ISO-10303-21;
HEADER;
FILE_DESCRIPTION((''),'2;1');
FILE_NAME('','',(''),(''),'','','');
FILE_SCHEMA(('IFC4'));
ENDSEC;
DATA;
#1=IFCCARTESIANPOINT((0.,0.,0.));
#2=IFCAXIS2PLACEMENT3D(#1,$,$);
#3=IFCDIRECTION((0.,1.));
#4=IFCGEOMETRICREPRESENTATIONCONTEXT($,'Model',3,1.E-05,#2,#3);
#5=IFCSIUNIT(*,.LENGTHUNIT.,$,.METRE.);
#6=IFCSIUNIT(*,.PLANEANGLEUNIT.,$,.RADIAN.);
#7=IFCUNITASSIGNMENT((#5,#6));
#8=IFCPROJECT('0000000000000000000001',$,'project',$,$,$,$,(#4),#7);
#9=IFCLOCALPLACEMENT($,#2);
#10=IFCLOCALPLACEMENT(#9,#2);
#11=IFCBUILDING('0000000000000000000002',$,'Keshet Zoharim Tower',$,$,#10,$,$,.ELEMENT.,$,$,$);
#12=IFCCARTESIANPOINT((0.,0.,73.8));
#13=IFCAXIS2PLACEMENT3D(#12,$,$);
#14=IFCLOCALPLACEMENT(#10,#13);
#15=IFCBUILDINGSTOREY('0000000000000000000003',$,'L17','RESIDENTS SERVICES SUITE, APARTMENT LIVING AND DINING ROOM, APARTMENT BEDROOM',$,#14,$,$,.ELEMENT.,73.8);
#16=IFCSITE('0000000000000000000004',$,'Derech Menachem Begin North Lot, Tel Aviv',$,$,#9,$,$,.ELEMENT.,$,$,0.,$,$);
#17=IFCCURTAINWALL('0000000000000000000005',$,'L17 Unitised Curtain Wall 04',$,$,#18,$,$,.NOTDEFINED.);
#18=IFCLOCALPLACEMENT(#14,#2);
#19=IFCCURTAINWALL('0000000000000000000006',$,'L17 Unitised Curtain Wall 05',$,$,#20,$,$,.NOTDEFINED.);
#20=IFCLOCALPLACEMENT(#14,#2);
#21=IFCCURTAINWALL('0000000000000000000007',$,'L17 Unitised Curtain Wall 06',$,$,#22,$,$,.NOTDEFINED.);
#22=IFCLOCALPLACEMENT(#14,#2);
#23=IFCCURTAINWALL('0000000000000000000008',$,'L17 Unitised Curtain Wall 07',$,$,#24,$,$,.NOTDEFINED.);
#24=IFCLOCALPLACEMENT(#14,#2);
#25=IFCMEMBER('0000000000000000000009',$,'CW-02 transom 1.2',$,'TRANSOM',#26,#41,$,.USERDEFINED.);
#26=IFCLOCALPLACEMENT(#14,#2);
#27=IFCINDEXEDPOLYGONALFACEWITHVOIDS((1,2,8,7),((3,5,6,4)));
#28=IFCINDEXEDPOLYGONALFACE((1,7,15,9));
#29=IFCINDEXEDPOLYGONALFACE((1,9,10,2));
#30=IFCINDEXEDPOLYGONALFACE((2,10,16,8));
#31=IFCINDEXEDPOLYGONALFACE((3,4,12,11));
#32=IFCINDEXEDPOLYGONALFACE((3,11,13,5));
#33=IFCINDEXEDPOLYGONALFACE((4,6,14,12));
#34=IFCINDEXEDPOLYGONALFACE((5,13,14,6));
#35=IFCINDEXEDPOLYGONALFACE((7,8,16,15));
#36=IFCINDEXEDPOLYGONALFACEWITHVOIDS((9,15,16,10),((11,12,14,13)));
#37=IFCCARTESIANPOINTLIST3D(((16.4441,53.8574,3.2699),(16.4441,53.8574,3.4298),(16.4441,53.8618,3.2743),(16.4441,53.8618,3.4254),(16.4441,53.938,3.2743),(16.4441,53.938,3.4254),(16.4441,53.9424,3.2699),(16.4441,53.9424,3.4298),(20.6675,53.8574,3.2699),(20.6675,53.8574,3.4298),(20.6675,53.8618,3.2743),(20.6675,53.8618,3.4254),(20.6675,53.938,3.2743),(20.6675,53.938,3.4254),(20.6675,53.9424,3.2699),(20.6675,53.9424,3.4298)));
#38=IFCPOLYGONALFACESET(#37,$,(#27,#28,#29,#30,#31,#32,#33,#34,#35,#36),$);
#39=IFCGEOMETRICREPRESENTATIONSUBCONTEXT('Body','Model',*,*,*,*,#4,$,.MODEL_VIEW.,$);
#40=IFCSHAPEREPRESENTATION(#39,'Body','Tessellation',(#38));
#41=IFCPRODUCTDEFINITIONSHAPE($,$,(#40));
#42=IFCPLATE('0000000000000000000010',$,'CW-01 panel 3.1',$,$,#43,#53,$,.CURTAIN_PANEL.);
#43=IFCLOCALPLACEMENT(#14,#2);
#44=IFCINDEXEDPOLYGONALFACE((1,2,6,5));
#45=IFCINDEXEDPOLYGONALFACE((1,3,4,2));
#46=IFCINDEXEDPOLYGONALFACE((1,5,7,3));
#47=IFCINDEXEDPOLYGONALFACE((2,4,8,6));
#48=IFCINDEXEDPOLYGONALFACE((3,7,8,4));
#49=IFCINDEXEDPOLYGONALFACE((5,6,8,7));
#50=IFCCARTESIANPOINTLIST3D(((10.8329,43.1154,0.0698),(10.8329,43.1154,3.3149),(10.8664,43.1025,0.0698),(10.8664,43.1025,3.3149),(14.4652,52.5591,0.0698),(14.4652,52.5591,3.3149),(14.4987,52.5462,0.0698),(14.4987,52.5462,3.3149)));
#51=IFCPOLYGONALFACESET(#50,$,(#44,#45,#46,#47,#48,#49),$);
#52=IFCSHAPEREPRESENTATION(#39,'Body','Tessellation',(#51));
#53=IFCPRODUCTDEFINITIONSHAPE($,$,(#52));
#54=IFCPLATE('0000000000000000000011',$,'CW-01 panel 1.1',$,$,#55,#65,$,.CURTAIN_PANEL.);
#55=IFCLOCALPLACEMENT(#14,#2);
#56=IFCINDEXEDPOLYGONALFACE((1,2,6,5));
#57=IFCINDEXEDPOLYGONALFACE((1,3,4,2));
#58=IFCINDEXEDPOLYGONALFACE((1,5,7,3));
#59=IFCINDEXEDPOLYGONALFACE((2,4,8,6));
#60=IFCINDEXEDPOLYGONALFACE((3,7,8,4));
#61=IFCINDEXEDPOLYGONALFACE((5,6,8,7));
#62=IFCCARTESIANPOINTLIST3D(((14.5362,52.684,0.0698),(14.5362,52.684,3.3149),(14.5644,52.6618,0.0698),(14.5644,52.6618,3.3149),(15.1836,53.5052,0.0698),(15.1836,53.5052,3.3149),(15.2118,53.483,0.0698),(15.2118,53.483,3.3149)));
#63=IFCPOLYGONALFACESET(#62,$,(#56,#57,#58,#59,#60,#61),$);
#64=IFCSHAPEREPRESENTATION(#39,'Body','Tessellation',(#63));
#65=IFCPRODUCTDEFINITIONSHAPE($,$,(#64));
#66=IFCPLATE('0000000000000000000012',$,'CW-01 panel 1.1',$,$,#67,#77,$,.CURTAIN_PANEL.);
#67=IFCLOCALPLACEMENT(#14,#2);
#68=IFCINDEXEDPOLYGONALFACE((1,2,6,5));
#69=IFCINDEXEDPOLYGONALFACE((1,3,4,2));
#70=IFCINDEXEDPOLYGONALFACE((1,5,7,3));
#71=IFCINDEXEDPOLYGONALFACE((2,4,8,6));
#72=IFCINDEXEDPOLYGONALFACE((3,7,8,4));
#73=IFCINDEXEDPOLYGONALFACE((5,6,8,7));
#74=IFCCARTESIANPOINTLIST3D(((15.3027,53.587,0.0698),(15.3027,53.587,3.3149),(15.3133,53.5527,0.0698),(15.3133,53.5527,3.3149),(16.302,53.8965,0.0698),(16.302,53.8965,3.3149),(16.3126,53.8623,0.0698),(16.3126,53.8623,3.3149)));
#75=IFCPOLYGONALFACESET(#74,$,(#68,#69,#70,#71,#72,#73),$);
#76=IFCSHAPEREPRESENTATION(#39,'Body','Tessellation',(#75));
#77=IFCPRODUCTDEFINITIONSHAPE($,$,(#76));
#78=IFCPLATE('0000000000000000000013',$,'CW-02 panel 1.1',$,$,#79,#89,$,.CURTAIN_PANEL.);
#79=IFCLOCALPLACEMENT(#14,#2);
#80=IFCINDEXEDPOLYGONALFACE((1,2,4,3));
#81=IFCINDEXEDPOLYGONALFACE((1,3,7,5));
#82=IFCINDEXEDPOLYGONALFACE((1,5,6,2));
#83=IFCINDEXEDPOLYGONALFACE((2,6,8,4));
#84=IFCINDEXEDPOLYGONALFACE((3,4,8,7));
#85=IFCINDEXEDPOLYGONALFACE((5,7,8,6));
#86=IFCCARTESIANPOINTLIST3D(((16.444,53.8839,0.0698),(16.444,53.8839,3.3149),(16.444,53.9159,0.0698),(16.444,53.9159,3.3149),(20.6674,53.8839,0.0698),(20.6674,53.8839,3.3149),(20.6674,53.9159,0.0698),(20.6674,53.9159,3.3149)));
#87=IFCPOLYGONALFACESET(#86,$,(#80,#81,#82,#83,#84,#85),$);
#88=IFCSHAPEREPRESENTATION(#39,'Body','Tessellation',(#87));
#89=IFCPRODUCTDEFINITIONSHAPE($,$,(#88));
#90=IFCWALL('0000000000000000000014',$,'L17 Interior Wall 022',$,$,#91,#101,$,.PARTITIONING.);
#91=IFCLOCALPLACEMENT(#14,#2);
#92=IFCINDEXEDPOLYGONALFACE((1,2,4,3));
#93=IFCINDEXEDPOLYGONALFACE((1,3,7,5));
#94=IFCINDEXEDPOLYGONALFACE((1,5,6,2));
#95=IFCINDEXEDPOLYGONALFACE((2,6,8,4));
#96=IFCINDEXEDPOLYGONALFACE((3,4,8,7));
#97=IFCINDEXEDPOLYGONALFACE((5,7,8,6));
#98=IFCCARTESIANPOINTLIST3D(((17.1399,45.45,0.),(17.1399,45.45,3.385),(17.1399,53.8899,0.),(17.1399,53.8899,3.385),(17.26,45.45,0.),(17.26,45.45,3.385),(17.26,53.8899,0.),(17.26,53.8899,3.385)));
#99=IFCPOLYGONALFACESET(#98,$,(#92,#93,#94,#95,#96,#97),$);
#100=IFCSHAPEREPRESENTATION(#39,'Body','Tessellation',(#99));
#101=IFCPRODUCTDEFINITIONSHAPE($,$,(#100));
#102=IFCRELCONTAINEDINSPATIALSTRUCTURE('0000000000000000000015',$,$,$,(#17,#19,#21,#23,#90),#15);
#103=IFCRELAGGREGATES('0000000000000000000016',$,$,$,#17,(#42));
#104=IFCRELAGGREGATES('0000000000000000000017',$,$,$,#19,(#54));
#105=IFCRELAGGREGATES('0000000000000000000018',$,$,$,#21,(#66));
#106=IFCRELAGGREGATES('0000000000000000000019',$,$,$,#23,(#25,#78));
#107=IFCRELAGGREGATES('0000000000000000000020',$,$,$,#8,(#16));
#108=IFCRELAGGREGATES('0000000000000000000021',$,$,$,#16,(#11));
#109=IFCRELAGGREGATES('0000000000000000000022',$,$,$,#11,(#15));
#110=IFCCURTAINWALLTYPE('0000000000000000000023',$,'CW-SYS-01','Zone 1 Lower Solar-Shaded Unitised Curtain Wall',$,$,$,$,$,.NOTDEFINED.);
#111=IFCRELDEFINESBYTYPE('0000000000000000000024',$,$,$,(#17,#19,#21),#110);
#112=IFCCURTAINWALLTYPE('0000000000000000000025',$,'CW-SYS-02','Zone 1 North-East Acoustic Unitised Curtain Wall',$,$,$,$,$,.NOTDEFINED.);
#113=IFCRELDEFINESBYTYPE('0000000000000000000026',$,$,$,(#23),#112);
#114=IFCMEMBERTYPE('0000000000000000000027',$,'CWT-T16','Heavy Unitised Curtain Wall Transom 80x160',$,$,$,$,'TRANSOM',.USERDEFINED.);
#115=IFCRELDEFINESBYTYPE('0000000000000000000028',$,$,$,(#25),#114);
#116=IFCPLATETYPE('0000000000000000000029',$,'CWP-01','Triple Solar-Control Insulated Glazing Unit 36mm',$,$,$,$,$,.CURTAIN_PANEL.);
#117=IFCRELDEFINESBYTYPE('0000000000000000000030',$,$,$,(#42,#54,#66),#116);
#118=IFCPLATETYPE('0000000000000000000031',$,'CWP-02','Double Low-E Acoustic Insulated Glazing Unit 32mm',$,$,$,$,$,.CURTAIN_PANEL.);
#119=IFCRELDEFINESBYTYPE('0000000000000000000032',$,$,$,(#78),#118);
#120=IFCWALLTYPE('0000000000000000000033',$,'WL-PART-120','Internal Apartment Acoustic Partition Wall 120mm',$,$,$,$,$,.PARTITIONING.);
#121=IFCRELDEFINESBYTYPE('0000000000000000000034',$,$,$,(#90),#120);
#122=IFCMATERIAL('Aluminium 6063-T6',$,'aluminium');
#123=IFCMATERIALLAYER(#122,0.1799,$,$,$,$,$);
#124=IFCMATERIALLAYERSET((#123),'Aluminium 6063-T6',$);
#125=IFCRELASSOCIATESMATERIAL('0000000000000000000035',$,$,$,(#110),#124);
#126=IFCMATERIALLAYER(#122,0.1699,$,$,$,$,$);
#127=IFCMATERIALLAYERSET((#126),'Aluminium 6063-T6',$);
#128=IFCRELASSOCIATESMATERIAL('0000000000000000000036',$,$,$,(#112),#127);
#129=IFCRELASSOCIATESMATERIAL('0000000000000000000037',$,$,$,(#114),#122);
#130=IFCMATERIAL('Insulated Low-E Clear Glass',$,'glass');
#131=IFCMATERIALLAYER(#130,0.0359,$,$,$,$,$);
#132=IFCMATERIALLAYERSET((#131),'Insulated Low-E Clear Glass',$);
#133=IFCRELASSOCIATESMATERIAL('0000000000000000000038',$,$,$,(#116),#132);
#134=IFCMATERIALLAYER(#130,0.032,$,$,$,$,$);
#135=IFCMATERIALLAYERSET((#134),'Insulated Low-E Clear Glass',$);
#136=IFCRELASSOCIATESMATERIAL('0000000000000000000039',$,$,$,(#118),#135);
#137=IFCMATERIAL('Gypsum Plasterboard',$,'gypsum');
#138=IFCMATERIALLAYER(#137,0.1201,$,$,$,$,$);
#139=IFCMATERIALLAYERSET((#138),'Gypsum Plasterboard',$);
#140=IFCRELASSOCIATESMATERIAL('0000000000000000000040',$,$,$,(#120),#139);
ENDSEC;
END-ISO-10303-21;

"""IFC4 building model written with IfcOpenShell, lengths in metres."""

from ifc_helpers import new_model, si_unit, direction, frame, frame_2d, origin, origin_2d, place, context, subcontext, project, spatial, rectangle, hollow_rectangle, extrude, material, layer, layer_set, material_profile, profile_set, type_object, element, aggregate, save


model = new_model("IFC4")

# Units and contexts
model_context = context("Model", 3, precision=1e-05, world=origin(), true_north=direction((0.0, 1.0)))
body_context = subcontext(model_context, "Body", "Model", "MODEL_VIEW")
ifc_project = project(units=[si_unit("LENGTHUNIT", "METRE"), si_unit("PLANEANGLEUNIT", "RADIAN")], contexts=[model_context])

# Site, building, storey
site_placement = place(None, origin())
site = spatial("IfcSite", under=ifc_project, at=site_placement, Name="Derech Menachem Begin North Lot, Tel Aviv", CompositionType="ELEMENT", RefElevation=0.0)
building_placement = place(site_placement, origin())
building = spatial("IfcBuilding", under=site, at=building_placement, Name="Keshet Zoharim Tower", CompositionType="ELEMENT")
storey_placement = place(building_placement, frame((0.0, 0.0, 73.8)))
storey = spatial("IfcBuildingStorey", under=building, at=storey_placement, Name="L17", Description="RESIDENTS SERVICES SUITE, APARTMENT LIVING AND DINING ROOM, APARTMENT BEDROOM", CompositionType="ELEMENT", Elevation=73.8)

# Curtain wall
ifc_material_1 = material(Name="Aluminium 6063-T6", Category="aluminium")
ifc_layer_1 = layer(ifc_material_1, 0.1799)
ifc_layer_set_1 = layer_set([ifc_layer_1], Name="Aluminium 6063-T6")
curtain_wall_type_1 = type_object("IfcCurtainWallType", Name="CW-SYS-01", Description="Zone 1 Lower Solar-Shaded Unitised Curtain Wall", PredefinedType="NOTDEFINED", material=ifc_layer_set_1)
curtain_wall_1_placement = place(storey_placement, origin())
curtain_wall_1 = element("IfcCurtainWall", 1, at=curtain_wall_1_placement, inside=storey, type_object=curtain_wall_type_1, Name="L17 Unitised Curtain Wall 04", PredefinedType="NOTDEFINED")

# Curtain walls
curtain_wall_2_placement = place(storey_placement, origin())
curtain_wall_2 = element("IfcCurtainWall", 2, at=curtain_wall_2_placement, inside=storey, type_object=curtain_wall_type_1, Name="L17 Unitised Curtain Wall 05", PredefinedType="NOTDEFINED")
curtain_wall_3_placement = place(storey_placement, origin())
curtain_wall_3 = element("IfcCurtainWall", 3, at=curtain_wall_3_placement, inside=storey, type_object=curtain_wall_type_1, Name="L17 Unitised Curtain Wall 06", PredefinedType="NOTDEFINED")

# Curtain wall
ifc_layer_2 = layer(ifc_material_1, 0.1699)
ifc_layer_set_2 = layer_set([ifc_layer_2], Name="Aluminium 6063-T6")
curtain_wall_type_2 = type_object("IfcCurtainWallType", Name="CW-SYS-02", Description="Zone 1 North-East Acoustic Unitised Curtain Wall", PredefinedType="NOTDEFINED", material=ifc_layer_set_2)
curtain_wall_4_placement = place(storey_placement, origin())
curtain_wall_4 = element("IfcCurtainWall", 4, at=curtain_wall_4_placement, inside=storey, type_object=curtain_wall_type_2, Name="L17 Unitised Curtain Wall 07", PredefinedType="NOTDEFINED")

# Member
ifc_material_profile_1 = material_profile(ifc_material_1, hollow_rectangle(XDim=0.085, YDim=0.1599, WallThickness=0.0044, at=origin_2d()), Name="TRN-85x160")
ifc_profile_set_1 = profile_set([ifc_material_profile_1], Name="Aluminium 6063-T6")
member_type_1 = type_object("IfcMemberType", Name="CWT-T16", Description="Heavy Unitised Curtain Wall Transom 80x160", ElementType="TRANSOM", PredefinedType="USERDEFINED", material=ifc_profile_set_1)
member_1_placement = place(storey_placement, frame((16.4441, 53.8999, 3.3499), z_axis=(1.0, 0.0, 0.0), x_axis=(0.0, 1.0, 0.0)))
member_1 = element("IfcMember", 5, at=member_1_placement, type_object=member_type_1, Name="CW-02 transom 1.2", ObjectType="TRANSOM", PredefinedType="USERDEFINED", context=body_context, shape_type="SweptSolid", body=[
    extrude(hollow_rectangle(XDim=0.085, YDim=0.1599, WallThickness=0.0044, at=origin_2d()), origin(), (0.0, 0.0, 1.0), 4.2234),
])

# Plates
ifc_material_2 = material(Name="Insulated Low-E Clear Glass", Category="glass")
ifc_layer_3 = layer(ifc_material_2, 0.0359)
ifc_layer_set_3 = layer_set([ifc_layer_3], Name="Insulated Low-E Clear Glass")
plate_type_1 = type_object("IfcPlateType", Name="CWP-01", Description="Triple Solar-Control Insulated Glazing Unit 36mm", PredefinedType="CURTAIN_PANEL", material=ifc_layer_set_3)
plate_1_placement = place(storey_placement, frame((12.6658, 47.8308, 0.0698), z_axis=(0.0, 0.0, 1.0), x_axis=(0.35899, 0.933341, 0.0)))
plate_1 = element("IfcPlate", 6, at=plate_1_placement, type_object=plate_type_1, Name="CW-01 panel 3.1", PredefinedType="CURTAIN_PANEL", context=body_context, shape_type="SweptSolid", body=[
    extrude(rectangle(XDim=10.1182, YDim=0.0359, at=origin_2d()), origin(), (0.0, 0.0, 1.0), 3.2451),
])
aggregate(curtain_wall_1, [plate_1])
plate_2_placement = place(storey_placement, frame((14.874, 53.0835, 0.0698), z_axis=(0.0, 0.0, 1.0), x_axis=(0.619125, 0.785293, 0.0)))
plate_2 = element("IfcPlate", 7, at=plate_2_placement, type_object=plate_type_1, Name="CW-01 panel 1.1", PredefinedType="CURTAIN_PANEL", context=body_context, shape_type="SweptSolid", body=[
    extrude(rectangle(XDim=1.0457, YDim=0.0359, at=origin_2d()), origin(), (0.0, 0.0, 1.0), 3.2451),
])
aggregate(curtain_wall_2, [plate_2])
plate_3_placement = place(storey_placement, frame((15.8076, 53.7246, 0.0698), z_axis=(0.0, 0.0, 1.0), x_axis=(0.955212, 0.295922, 0.0)))
plate_3 = element("IfcPlate", 8, at=plate_3_placement, type_object=plate_type_1, Name="CW-01 panel 1.1", PredefinedType="CURTAIN_PANEL", context=body_context, shape_type="SweptSolid", body=[
    extrude(rectangle(XDim=1.0461, YDim=0.0359, at=origin_2d()), origin(), (0.0, 0.0, 1.0), 3.2451),
])
aggregate(curtain_wall_3, [plate_3])
ifc_layer_4 = layer(ifc_material_2, 0.032)
ifc_layer_set_4 = layer_set([ifc_layer_4], Name="Insulated Low-E Clear Glass")
plate_type_2 = type_object("IfcPlateType", Name="CWP-02", Description="Double Low-E Acoustic Insulated Glazing Unit 32mm", PredefinedType="CURTAIN_PANEL", material=ifc_layer_set_4)
plate_4_placement = place(storey_placement, frame((18.5557, 53.8999, 0.0698), z_axis=(0.0, 0.0, 1.0), x_axis=(1.0, 0.0, 0.0)))
plate_4 = element("IfcPlate", 9, at=plate_4_placement, type_object=plate_type_2, Name="CW-02 panel 1.1", PredefinedType="CURTAIN_PANEL", context=body_context, shape_type="SweptSolid", body=[
    extrude(rectangle(XDim=4.2234, YDim=0.032, at=origin_2d()), origin(), (0.0, 0.0, 1.0), 3.2451),
])
aggregate(curtain_wall_4, [member_1, plate_4])

# Wall
ifc_material_3 = material(Name="Gypsum Plasterboard", Category="gypsum")
ifc_layer_5 = layer(ifc_material_3, 0.1201)
ifc_layer_set_5 = layer_set([ifc_layer_5], Name="Gypsum Plasterboard")
wall_type = type_object("IfcWallType", Name="WL-PART-120", Description="Internal Apartment Acoustic Partition Wall 120mm", PredefinedType="PARTITIONING", material=ifc_layer_set_5)
wall_1_placement = place(storey_placement, frame((17.2, 45.45, 0.0), z_axis=(0.0, 0.0, 1.0), x_axis=(0.0, 1.0, 0.0)))
element("IfcWall", 10, at=wall_1_placement, inside=storey, type_object=wall_type, Name="L17 Interior Wall 022", PredefinedType="PARTITIONING", context=body_context, shape_type="SweptSolid", body=[
    extrude(rectangle(XDim=8.4399, YDim=0.1201, at=frame_2d((4.22, 0.0))), origin(), (0.0, 0.0, 1.0), 3.385),
])

save(model, "model.ifc")
